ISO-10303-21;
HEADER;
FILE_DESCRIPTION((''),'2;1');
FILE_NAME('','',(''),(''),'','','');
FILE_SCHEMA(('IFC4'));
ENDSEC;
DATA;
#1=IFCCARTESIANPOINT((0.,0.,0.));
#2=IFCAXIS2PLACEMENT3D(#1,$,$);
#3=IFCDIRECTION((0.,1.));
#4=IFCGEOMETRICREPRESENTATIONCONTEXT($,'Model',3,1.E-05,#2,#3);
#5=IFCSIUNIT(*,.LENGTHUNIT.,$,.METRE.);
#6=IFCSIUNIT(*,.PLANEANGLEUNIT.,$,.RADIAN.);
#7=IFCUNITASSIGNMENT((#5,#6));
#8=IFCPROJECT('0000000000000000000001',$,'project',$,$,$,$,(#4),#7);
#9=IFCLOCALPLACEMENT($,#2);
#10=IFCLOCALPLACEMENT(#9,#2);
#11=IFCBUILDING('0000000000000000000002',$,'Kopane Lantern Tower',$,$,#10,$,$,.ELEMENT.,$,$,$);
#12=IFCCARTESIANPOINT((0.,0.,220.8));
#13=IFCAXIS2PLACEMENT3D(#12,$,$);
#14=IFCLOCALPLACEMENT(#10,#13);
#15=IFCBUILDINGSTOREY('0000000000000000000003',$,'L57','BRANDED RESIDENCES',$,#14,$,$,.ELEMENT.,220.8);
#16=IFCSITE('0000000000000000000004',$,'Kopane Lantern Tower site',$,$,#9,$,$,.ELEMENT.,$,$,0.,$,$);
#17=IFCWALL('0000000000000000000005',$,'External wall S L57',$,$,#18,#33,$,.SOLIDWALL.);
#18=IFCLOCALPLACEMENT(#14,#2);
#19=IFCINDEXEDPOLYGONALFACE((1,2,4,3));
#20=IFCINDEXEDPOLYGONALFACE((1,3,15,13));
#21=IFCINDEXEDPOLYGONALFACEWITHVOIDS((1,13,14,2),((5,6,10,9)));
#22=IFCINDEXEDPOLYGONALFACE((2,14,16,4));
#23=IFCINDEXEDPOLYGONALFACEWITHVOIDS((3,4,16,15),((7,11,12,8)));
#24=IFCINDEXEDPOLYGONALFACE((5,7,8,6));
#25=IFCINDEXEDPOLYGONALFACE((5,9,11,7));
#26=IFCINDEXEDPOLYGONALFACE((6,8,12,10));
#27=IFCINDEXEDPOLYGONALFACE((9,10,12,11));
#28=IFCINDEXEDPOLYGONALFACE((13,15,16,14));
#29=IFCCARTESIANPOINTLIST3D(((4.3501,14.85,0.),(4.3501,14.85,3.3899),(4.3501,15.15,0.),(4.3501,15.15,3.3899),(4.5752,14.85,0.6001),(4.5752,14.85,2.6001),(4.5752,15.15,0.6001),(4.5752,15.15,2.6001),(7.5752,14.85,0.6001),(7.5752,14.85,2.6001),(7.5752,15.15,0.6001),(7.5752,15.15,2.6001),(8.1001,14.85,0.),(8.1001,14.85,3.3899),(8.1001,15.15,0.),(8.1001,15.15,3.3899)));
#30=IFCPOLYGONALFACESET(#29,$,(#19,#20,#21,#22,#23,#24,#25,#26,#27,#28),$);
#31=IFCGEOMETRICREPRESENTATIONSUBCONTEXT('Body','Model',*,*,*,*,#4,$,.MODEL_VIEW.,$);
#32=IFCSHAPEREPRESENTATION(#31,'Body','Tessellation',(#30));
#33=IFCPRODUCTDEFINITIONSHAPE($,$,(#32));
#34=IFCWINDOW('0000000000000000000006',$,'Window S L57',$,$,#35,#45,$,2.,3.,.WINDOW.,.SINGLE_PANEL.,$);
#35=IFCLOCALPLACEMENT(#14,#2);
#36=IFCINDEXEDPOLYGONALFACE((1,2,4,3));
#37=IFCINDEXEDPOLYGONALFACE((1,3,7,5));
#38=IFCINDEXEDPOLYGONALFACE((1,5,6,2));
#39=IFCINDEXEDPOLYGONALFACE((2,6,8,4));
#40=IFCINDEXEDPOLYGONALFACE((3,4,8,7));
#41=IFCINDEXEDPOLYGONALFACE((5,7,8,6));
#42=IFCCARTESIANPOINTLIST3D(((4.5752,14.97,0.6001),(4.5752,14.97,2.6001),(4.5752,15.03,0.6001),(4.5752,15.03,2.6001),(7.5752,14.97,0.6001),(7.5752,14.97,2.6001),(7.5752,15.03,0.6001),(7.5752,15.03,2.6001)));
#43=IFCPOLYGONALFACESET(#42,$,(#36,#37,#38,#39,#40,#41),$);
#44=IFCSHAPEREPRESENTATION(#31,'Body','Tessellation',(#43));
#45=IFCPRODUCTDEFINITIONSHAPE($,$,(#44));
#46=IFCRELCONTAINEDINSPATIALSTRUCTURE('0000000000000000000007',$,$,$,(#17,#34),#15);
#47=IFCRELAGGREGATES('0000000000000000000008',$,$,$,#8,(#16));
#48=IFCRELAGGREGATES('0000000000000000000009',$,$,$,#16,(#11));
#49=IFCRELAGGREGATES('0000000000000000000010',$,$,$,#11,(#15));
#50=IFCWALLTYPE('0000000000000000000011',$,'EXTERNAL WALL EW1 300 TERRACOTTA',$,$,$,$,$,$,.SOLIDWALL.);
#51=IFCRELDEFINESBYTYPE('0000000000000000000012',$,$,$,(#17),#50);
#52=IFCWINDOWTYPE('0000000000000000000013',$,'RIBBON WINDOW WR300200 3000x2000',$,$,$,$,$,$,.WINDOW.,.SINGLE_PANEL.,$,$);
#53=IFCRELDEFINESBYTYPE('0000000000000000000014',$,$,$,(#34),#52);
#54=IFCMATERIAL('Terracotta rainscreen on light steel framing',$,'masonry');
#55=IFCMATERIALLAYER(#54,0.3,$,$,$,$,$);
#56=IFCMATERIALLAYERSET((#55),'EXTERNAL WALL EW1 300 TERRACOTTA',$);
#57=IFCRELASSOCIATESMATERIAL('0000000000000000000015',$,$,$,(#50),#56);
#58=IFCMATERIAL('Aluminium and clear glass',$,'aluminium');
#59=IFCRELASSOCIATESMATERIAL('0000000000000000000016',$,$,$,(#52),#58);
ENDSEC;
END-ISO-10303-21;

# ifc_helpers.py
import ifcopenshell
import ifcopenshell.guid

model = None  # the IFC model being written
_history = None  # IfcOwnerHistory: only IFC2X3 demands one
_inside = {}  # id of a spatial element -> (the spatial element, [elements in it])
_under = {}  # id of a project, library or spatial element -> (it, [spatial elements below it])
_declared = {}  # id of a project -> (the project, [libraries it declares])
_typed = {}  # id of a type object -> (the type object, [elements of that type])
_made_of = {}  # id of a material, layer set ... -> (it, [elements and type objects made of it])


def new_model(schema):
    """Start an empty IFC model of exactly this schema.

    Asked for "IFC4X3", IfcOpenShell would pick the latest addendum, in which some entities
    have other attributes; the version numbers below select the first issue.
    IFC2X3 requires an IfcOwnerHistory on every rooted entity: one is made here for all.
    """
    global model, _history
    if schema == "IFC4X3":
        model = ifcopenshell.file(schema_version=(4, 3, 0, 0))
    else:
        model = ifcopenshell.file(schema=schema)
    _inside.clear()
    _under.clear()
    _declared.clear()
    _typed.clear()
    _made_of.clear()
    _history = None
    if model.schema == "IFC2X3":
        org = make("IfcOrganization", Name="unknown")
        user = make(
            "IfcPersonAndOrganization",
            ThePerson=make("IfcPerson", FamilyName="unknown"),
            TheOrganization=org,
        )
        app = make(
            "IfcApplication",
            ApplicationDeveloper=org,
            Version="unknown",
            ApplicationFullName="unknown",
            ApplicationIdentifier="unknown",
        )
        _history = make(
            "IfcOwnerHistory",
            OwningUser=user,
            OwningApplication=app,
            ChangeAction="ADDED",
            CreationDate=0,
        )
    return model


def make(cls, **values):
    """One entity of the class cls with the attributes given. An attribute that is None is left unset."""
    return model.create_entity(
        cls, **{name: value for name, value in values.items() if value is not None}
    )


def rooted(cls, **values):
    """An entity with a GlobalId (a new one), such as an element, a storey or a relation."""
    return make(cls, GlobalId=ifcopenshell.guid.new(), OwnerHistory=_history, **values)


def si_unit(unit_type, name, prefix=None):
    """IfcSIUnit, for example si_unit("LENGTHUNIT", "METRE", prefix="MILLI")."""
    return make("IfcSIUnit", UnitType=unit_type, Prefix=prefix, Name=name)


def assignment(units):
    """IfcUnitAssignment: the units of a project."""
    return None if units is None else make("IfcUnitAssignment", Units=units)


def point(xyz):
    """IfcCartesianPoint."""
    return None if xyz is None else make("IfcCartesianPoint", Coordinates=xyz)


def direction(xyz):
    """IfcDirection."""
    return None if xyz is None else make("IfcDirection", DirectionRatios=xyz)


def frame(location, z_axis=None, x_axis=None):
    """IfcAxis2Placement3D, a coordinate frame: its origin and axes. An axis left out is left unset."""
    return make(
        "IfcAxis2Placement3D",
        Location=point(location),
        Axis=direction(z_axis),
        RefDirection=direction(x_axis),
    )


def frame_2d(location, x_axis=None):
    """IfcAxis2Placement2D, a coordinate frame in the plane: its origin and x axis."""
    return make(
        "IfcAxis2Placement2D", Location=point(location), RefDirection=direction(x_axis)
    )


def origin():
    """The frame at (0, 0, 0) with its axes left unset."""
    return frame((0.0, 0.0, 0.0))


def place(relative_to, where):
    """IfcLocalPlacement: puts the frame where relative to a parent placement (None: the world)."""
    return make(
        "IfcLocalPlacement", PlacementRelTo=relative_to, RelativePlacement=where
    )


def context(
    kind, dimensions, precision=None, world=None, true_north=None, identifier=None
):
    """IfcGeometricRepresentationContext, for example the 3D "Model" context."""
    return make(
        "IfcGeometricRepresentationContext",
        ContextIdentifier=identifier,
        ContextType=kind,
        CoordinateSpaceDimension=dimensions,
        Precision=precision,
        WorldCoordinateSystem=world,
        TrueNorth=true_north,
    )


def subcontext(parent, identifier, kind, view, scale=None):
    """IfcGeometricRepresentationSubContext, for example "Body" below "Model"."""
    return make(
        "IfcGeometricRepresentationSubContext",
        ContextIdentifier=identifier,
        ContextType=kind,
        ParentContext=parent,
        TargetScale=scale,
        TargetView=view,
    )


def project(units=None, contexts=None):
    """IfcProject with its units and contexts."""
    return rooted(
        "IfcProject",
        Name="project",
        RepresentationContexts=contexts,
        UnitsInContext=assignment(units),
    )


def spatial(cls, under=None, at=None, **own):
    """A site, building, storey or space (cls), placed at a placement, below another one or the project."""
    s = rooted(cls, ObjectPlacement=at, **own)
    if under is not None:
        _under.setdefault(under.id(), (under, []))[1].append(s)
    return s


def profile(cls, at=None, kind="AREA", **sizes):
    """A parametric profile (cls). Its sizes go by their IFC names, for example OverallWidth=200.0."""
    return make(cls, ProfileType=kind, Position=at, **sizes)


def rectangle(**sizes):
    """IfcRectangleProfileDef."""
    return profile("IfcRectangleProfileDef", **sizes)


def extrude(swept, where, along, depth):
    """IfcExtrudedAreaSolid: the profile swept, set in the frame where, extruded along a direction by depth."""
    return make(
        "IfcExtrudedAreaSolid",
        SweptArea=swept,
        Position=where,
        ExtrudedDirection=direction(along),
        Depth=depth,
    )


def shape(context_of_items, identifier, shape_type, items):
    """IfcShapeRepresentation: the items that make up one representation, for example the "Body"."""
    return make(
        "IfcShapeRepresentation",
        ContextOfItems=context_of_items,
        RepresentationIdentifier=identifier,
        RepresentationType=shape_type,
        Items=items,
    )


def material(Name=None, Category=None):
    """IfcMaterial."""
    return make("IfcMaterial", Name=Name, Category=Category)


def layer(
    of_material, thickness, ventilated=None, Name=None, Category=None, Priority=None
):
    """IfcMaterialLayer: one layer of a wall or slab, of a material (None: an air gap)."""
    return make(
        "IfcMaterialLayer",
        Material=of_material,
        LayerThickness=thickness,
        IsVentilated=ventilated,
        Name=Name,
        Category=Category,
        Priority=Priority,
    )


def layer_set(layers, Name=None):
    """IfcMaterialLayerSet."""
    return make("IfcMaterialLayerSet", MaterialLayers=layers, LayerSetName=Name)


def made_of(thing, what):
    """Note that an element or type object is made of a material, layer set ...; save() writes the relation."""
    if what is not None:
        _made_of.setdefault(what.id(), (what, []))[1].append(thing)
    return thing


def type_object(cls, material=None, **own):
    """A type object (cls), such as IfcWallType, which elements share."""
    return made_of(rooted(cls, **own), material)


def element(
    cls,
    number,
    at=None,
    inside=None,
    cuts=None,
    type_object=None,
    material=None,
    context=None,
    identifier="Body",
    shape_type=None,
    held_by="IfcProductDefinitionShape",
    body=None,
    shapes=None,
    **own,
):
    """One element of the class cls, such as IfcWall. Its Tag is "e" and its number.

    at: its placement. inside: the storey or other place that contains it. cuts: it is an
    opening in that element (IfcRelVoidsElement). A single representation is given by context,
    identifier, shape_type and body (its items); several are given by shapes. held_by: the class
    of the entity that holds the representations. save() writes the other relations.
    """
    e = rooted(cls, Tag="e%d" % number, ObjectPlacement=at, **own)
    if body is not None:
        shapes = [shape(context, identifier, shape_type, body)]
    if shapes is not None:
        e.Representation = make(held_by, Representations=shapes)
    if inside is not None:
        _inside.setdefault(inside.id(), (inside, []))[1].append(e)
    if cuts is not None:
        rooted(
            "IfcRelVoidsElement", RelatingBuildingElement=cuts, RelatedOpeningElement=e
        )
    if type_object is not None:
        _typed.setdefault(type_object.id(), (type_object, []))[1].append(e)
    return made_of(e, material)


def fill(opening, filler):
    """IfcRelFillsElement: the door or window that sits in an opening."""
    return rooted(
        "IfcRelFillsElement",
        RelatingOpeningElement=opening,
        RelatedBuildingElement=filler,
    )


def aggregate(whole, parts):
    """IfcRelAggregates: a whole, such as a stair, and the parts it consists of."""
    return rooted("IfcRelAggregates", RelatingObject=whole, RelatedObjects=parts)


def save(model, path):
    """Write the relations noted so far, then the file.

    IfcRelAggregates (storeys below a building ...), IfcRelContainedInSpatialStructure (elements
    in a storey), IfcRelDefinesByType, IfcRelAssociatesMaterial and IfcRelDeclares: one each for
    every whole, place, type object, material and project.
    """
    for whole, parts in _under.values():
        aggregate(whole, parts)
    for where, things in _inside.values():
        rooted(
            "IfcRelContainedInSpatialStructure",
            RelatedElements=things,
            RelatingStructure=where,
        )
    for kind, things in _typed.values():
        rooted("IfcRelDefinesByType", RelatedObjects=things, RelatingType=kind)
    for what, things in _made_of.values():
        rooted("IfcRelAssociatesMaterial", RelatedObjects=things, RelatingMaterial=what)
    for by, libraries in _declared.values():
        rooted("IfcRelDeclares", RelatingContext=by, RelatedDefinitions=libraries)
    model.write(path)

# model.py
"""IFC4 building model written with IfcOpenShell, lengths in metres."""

from ifc_helpers import new_model, si_unit, direction, frame, frame_2d, origin, place, context, subcontext, project, spatial, rectangle, extrude, material, layer, layer_set, type_object, element, fill, save


model = new_model("IFC4")

# Units and contexts
model_context = context("Model", 3, precision=1e-05, world=origin(), true_north=direction((0.0, 1.0)))
body_context = subcontext(model_context, "Body", "Model", "MODEL_VIEW")
ifc_project = project(units=[si_unit("LENGTHUNIT", "METRE"), si_unit("PLANEANGLEUNIT", "RADIAN")], contexts=[model_context])

# Site, building, storey
site_placement = place(None, origin())
site = spatial("IfcSite", under=ifc_project, at=site_placement, Name="Kopane Lantern Tower site", CompositionType="ELEMENT", RefElevation=0.0)
building_placement = place(site_placement, origin())
building = spatial("IfcBuilding", under=site, at=building_placement, Name="Kopane Lantern Tower", CompositionType="ELEMENT")
storey_placement = place(building_placement, frame((0.0, 0.0, 220.8)))
storey = spatial("IfcBuildingStorey", under=building, at=storey_placement, Name="L57", Description="BRANDED RESIDENCES", CompositionType="ELEMENT", Elevation=220.8)

# Wall, opening, window
ifc_material_1 = material(Name="Terracotta rainscreen on light steel framing", Category="masonry")
ifc_layer_1 = layer(ifc_material_1, 0.3)
ifc_layer_set_1 = layer_set([ifc_layer_1], Name="EXTERNAL WALL EW1 300 TERRACOTTA")
wall_type_1 = type_object("IfcWallType", Name="EXTERNAL WALL EW1 300 TERRACOTTA", PredefinedType="SOLIDWALL", material=ifc_layer_set_1)
ifc_material_2 = material(Name="Aluminium and clear glass", Category="aluminium")
window_type = type_object("IfcWindowType", Name="RIBBON WINDOW WR300200 3000x2000", PartitioningType="SINGLE_PANEL", PredefinedType="WINDOW", material=ifc_material_2)
wall_1_placement = place(storey_placement, frame((4.3501, 15.0, 0.0), z_axis=(0.0, 0.0, 1.0), x_axis=(1.0, 0.0, 0.0)))
wall_1 = element("IfcWall", 1, at=wall_1_placement, inside=storey, type_object=wall_type_1, Name="External wall S L57", PredefinedType="SOLIDWALL", context=body_context, shape_type="SweptSolid", body=[
    extrude(rectangle(XDim=3.75, YDim=0.3, at=frame_2d((1.875, 0.0))), origin(), (0.0, 0.0, 1.0), 3.3899),
])
opening_1_placement = place(wall_1_placement, frame((0.2251, 0.0, 0.6001)))
opening_1 = element("IfcOpeningElement", 2, at=opening_1_placement, cuts=wall_1, PredefinedType="OPENING", context=body_context, shape_type="SweptSolid", body=[
    extrude(rectangle(XDim=3.0, YDim=2.0, at=frame_2d((1.5, 1.0))), frame((0.0, 0.1599, 0.0), z_axis=(0.0, -1.0, 0.0), x_axis=(1.0, 0.0, 0.0)), (0.0, 0.0, 1.0), 0.3201),
])
window_1_placement = place(opening_1_placement, origin())
window_1 = element("IfcWindow", 3, at=window_1_placement, inside=storey, type_object=window_type, Name="Window S L57", OverallHeight=2.0, OverallWidth=3.0, PartitioningType="SINGLE_PANEL", PredefinedType="WINDOW", context=body_context, shape_type="SweptSolid", body=[
    extrude(rectangle(XDim=3.0, YDim=2.0, at=frame_2d((1.5, 1.0))), frame((0.0, 0.03, 0.0), z_axis=(0.0, -1.0, 0.0), x_axis=(1.0, 0.0, 0.0)), (0.0, 0.0, 1.0), 0.0601),
])
fill(opening_1, window_1)

save(model, "model.ifc")
